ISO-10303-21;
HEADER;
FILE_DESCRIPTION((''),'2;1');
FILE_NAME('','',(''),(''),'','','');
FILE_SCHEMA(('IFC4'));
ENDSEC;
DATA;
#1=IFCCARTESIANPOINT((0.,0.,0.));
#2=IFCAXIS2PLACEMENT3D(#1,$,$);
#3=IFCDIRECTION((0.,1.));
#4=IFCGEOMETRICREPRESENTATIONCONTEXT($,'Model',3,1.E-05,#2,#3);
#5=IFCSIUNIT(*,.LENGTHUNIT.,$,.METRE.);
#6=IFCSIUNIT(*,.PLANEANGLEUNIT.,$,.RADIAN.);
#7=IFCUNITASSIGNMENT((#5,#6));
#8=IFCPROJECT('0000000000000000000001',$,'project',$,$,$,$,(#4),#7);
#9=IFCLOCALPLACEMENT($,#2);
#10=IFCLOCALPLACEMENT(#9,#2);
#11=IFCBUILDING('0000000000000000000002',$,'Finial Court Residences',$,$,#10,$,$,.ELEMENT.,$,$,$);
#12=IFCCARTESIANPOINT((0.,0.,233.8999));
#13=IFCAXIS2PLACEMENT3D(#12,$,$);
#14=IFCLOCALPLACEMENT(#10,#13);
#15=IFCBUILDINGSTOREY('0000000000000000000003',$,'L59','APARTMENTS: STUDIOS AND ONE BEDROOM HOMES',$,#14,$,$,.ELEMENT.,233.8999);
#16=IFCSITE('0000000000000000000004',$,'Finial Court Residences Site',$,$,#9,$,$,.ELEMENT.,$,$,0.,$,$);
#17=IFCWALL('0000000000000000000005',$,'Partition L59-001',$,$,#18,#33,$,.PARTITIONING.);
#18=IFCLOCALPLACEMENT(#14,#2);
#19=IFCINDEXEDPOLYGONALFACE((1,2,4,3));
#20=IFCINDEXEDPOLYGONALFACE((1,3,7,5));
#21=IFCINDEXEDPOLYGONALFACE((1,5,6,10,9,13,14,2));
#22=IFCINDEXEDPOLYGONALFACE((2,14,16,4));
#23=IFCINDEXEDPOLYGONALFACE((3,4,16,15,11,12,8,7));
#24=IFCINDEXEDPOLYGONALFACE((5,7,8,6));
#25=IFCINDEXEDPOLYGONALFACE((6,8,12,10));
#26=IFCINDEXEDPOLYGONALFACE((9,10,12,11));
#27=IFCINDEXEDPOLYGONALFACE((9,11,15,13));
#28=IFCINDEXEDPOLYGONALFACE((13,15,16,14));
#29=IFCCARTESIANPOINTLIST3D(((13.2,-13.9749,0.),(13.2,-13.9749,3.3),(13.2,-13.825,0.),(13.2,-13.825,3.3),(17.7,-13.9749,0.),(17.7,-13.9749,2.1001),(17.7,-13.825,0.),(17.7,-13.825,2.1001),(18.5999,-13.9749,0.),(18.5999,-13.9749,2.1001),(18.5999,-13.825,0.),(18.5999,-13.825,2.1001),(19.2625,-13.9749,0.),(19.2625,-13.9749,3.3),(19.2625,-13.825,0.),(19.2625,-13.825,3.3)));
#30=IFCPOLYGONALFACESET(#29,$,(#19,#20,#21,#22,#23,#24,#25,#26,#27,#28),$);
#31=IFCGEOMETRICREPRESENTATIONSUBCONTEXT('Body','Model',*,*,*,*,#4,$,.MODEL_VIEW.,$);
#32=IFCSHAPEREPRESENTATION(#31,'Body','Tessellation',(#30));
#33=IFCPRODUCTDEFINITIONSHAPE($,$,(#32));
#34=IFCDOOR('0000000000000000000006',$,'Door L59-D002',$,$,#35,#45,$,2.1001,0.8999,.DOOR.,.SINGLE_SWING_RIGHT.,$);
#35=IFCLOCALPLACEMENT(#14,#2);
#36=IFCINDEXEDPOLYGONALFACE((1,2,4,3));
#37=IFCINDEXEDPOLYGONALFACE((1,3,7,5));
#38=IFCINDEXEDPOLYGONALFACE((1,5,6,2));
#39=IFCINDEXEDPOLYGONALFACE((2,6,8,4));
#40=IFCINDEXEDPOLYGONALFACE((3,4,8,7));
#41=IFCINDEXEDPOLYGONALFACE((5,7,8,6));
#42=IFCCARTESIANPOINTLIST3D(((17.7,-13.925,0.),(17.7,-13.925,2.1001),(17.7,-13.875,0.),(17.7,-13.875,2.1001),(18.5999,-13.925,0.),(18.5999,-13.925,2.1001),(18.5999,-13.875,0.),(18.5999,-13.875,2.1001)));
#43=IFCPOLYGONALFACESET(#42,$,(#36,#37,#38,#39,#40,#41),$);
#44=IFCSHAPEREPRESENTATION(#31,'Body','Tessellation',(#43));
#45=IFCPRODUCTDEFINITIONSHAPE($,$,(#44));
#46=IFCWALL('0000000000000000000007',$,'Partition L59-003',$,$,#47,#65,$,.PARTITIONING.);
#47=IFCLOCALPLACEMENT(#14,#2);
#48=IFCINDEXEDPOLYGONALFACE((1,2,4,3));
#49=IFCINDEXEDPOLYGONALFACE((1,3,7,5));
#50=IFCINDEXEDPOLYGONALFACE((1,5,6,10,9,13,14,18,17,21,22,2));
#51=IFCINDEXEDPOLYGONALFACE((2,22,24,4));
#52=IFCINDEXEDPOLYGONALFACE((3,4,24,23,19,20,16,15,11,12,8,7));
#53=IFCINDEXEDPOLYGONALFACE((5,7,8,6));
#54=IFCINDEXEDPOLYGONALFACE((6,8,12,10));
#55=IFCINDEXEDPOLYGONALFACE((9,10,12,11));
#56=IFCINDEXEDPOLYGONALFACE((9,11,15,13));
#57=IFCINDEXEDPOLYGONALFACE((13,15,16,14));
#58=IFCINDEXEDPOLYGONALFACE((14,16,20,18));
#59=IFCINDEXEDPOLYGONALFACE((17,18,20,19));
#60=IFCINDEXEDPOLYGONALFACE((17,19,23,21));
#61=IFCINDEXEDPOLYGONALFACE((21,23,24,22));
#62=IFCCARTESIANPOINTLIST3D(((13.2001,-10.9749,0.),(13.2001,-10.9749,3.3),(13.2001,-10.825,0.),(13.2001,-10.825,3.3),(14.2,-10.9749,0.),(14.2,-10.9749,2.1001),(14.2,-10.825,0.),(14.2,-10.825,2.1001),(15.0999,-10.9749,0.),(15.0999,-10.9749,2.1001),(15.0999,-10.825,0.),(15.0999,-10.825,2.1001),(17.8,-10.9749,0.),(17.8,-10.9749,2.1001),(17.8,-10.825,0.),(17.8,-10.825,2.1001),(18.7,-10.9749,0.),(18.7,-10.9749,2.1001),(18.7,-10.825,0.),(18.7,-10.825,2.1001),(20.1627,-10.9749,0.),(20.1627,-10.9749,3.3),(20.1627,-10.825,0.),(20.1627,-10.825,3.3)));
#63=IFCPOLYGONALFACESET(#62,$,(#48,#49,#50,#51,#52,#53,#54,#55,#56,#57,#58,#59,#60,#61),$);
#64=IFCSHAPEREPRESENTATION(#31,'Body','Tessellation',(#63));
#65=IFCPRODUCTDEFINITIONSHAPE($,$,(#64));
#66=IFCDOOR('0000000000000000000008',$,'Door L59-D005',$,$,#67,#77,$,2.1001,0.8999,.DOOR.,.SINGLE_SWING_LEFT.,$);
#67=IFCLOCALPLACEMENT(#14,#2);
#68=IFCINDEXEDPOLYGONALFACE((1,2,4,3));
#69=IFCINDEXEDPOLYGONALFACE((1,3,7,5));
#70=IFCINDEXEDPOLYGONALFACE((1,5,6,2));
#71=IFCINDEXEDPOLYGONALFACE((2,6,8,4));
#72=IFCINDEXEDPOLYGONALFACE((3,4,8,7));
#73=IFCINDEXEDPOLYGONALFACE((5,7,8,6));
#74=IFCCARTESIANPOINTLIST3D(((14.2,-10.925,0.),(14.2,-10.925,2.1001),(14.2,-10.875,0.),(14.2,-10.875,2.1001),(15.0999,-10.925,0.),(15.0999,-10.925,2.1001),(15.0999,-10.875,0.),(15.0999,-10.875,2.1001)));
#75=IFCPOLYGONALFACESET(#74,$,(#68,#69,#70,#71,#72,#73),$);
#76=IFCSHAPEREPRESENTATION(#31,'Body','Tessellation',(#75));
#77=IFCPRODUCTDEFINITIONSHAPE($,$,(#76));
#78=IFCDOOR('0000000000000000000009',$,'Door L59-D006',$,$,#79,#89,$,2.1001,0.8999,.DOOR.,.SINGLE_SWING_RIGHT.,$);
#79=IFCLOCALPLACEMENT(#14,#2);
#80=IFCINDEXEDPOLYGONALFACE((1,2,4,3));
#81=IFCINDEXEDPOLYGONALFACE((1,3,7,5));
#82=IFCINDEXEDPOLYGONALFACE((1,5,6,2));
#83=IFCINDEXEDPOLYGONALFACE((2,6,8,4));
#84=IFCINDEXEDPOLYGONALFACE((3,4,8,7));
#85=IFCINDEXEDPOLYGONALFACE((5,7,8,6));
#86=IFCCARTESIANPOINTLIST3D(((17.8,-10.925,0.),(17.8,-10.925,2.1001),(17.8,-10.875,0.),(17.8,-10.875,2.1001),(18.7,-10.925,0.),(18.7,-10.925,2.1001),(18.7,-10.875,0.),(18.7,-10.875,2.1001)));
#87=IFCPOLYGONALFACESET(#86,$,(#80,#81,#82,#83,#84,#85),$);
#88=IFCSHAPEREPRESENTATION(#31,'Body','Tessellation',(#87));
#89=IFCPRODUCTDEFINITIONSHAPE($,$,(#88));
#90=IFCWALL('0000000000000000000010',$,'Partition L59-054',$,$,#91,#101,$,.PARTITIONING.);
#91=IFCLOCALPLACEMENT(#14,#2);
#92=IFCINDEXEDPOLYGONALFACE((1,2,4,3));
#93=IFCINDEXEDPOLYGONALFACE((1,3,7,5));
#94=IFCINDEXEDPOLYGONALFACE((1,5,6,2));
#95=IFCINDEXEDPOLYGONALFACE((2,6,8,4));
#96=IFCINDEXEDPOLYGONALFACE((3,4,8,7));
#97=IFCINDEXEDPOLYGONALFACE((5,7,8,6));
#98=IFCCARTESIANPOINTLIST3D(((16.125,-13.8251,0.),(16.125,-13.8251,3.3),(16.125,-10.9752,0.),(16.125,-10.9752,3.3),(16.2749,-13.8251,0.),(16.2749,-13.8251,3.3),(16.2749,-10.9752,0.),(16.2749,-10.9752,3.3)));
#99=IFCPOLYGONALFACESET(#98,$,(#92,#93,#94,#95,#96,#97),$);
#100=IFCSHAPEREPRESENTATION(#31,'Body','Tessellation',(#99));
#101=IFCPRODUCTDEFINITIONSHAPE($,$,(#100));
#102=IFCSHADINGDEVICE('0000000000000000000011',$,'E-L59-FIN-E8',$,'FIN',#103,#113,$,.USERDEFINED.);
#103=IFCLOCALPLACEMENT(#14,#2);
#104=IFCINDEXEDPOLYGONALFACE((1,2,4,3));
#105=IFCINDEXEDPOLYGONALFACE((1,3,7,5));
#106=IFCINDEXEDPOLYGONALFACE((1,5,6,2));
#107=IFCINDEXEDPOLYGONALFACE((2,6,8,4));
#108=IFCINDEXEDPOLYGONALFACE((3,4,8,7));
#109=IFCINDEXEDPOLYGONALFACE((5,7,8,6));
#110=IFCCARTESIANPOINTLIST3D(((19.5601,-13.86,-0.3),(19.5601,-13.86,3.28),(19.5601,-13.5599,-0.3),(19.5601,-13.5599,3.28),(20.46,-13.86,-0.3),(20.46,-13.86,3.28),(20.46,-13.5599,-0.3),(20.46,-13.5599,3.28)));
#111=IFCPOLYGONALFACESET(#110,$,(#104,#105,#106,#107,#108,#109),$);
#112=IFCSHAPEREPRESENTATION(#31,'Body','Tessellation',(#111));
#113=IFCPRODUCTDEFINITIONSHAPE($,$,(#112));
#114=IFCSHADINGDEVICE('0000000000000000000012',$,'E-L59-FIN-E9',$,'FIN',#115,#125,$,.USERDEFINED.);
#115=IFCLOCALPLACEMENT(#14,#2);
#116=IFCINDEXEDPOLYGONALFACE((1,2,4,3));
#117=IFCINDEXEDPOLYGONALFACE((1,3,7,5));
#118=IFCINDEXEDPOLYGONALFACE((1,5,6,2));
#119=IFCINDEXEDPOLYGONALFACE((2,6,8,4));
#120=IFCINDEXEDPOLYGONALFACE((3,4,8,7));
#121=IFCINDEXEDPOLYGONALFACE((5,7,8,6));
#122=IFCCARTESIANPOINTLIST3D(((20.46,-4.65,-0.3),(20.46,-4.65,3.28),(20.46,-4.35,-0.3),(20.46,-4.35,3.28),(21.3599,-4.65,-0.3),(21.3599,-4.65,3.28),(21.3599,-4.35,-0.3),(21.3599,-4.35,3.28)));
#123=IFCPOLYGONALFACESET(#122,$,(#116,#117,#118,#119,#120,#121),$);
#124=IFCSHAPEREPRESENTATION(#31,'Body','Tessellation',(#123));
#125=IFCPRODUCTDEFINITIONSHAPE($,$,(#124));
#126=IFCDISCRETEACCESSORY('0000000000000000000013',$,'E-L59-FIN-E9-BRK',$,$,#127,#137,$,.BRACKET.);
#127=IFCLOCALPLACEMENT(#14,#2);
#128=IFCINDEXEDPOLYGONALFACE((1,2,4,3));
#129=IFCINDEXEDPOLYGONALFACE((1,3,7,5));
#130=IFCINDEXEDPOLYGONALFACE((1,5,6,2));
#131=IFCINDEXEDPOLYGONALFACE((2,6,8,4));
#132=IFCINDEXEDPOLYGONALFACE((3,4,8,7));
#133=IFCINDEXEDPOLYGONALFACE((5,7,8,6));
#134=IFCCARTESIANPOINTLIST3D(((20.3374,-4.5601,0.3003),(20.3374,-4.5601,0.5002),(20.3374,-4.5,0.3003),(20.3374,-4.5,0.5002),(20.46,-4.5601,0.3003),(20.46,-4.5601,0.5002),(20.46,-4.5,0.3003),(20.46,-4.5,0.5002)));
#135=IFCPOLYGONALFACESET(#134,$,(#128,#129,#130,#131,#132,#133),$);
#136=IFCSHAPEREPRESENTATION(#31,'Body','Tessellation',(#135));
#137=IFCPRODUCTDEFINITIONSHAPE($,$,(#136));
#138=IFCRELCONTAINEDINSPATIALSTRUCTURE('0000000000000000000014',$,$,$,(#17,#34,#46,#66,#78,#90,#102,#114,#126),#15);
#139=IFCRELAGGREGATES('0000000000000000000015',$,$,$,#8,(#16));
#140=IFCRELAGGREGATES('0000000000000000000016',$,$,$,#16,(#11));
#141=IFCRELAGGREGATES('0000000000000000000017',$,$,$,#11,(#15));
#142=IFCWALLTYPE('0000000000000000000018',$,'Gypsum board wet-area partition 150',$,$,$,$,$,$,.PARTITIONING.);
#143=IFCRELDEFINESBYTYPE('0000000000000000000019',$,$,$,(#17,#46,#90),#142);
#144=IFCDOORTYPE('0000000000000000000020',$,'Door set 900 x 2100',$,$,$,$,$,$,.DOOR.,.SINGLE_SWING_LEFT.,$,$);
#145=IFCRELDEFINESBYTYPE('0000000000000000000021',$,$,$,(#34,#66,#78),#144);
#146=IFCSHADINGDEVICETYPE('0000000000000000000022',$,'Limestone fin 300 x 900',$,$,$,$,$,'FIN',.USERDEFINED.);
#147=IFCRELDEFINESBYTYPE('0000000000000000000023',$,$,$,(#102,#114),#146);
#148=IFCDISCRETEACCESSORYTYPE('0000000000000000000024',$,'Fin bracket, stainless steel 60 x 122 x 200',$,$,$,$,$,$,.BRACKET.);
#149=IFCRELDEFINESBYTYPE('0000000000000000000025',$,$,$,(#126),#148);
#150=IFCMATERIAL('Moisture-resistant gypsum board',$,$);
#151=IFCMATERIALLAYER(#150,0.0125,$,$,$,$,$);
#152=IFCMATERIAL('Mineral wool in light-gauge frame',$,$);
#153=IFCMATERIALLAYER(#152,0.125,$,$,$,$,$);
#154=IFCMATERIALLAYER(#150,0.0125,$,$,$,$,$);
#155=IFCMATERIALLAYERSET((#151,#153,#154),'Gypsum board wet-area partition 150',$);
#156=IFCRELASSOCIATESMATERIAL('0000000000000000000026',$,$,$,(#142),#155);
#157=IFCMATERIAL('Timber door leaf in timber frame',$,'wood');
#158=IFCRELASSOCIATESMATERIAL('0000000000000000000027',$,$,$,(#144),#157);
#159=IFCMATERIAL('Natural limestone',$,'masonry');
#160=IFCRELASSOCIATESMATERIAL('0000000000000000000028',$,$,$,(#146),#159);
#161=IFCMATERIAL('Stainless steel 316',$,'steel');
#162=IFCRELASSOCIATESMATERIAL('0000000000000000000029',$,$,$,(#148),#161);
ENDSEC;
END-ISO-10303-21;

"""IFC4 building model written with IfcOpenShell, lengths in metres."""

from ifc_helpers import new_model, si_unit, direction, frame, frame_2d, origin, origin_2d, place, context, subcontext, project, spatial, rectangle, extrude, material, layer, layer_set, type_object, element, fill, save


model = new_model("IFC4")

# Units and contexts
model_context = context("Model", 3, precision=1e-05, world=origin(), true_north=direction((0.0, 1.0)))
body_context = subcontext(model_context, "Body", "Model", "MODEL_VIEW")
ifc_project = project(units=[si_unit("LENGTHUNIT", "METRE"), si_unit("PLANEANGLEUNIT", "RADIAN")], contexts=[model_context])

# Site, building, storey
site_placement = place(None, origin())
site = spatial("IfcSite", under=ifc_project, at=site_placement, Name="Finial Court Residences Site", CompositionType="ELEMENT", RefElevation=0.0)
building_placement = place(site_placement, origin())
building = spatial("IfcBuilding", under=site, at=building_placement, Name="Finial Court Residences", CompositionType="ELEMENT")
storey_placement = place(building_placement, frame((0.0, 0.0, 233.8999)))
storey = spatial("IfcBuildingStorey", under=building, at=storey_placement, Name="L59", Description="APARTMENTS: STUDIOS AND ONE BEDROOM HOMES", CompositionType="ELEMENT", Elevation=233.8999)

# Wall, opening, door
ifc_material_1 = material(Name="Moisture-resistant gypsum board")
ifc_layer_1 = layer(ifc_material_1, 0.0125)
ifc_material_2 = material(Name="Mineral wool in light-gauge frame")
ifc_layer_2 = layer(ifc_material_2, 0.125)
ifc_layer_3 = layer(ifc_material_1, 0.0125)
ifc_layer_set_1 = layer_set([ifc_layer_1, ifc_layer_2, ifc_layer_3], Name="Gypsum board wet-area partition 150")
wall_type_1 = type_object("IfcWallType", Name="Gypsum board wet-area partition 150", PredefinedType="PARTITIONING", material=ifc_layer_set_1)
wall_1_placement = place(storey_placement, frame((13.2, -13.8999, 0.0), z_axis=(0.0, 0.0, 1.0), x_axis=(1.0, 0.0, 0.0)))
wall_1 = element("IfcWall", 1, at=wall_1_placement, inside=storey, type_object=wall_type_1, Name="Partition L59-001", PredefinedType="PARTITIONING", context=body_context, shape_type="SweptSolid", body=[
    extrude(rectangle(XDim=6.0625, YDim=0.1499, at=frame_2d((3.0312, 0.0))), origin(), (0.0, 0.0, 1.0), 3.3),
])
opening_1_placement = place(wall_1_placement, frame((4.5, 0.0, 0.0)))
opening_1 = element("IfcOpeningElement", 2, at=opening_1_placement, cuts=wall_1, PredefinedType="OPENING", context=body_context, shape_type="SweptSolid", body=[
    extrude(rectangle(XDim=0.8999, YDim=2.1001, at=frame_2d((0.45, 1.05))), frame((0.0, 0.085, 0.0), z_axis=(0.0, -1.0, 0.0), x_axis=(1.0, 0.0, 0.0)), (0.0, 0.0, 1.0), 0.1699),
])
ifc_material_3 = material(Name="Timber door leaf in timber frame", Category="wood")
door_type_1 = type_object("IfcDoorType", Name="Door set 900 x 2100", OperationType="SINGLE_SWING_LEFT", PredefinedType="DOOR", material=ifc_material_3)
door_1_placement = place(opening_1_placement, origin())
door_1 = element("IfcDoor", 3, at=door_1_placement, inside=storey, type_object=door_type_1, Name="Door L59-D002", OperationType="SINGLE_SWING_RIGHT", OverallHeight=2.1001, OverallWidth=0.8999, PredefinedType="DOOR", context=body_context, shape_type="SweptSolid", body=[
    extrude(rectangle(XDim=0.8999, YDim=2.1001, at=frame_2d((0.45, 1.05))), frame((0.0, 0.0249, 0.0), z_axis=(0.0, -1.0, 0.0), x_axis=(1.0, 0.0, 0.0)), (0.0, 0.0, 1.0), 0.05),
])
fill(opening_1, door_1)

# Wall, openings, doors
wall_2_placement = place(storey_placement, frame((13.2, -10.8999, 0.0), z_axis=(0.0, 0.0, 1.0), x_axis=(1.0, 0.0, 0.0)))
wall_2 = element("IfcWall", 4, at=wall_2_placement, inside=storey, type_object=wall_type_1, Name="Partition L59-003", PredefinedType="PARTITIONING", context=body_context, shape_type="SweptSolid", body=[
    extrude(rectangle(XDim=6.9626, YDim=0.1499, at=frame_2d((3.4814, 0.0))), origin(), (0.0, 0.0, 1.0), 3.3),
])
opening_2_placement = place(wall_2_placement, frame((1.0, 0.0, 0.0)))
opening_2 = element("IfcOpeningElement", 5, at=opening_2_placement, cuts=wall_2, PredefinedType="OPENING", context=body_context, shape_type="SweptSolid", body=[
    extrude(rectangle(XDim=0.8999, YDim=2.1001, at=frame_2d((0.45, 1.05))), frame((0.0, 0.085, 0.0), z_axis=(0.0, -1.0, 0.0), x_axis=(1.0, 0.0, 0.0)), (0.0, 0.0, 1.0), 0.1699),
])
opening_3_placement = place(wall_2_placement, frame((4.6001, 0.0, 0.0)))
opening_3 = element("IfcOpeningElement", 6, at=opening_3_placement, cuts=wall_2, PredefinedType="OPENING", context=body_context, shape_type="SweptSolid", body=[
    extrude(rectangle(XDim=0.8999, YDim=2.1001, at=frame_2d((0.45, 1.05))), frame((0.0, 0.085, 0.0), z_axis=(0.0, -1.0, 0.0), x_axis=(1.0, 0.0, 0.0)), (0.0, 0.0, 1.0), 0.1699),
])
door_2_placement = place(opening_2_placement, origin())
door_2 = element("IfcDoor", 7, at=door_2_placement, inside=storey, type_object=door_type_1, Name="Door L59-D005", OperationType="SINGLE_SWING_LEFT", OverallHeight=2.1001, OverallWidth=0.8999, PredefinedType="DOOR", context=body_context, shape_type="SweptSolid", body=[
    extrude(rectangle(XDim=0.8999, YDim=2.1001, at=frame_2d((0.45, 1.05))), frame((0.0, 0.0249, 0.0), z_axis=(0.0, -1.0, 0.0), x_axis=(1.0, 0.0, 0.0)), (0.0, 0.0, 1.0), 0.05),
])
fill(opening_2, door_2)
door_3_placement = place(opening_3_placement, origin())
door_3 = element("IfcDoor", 8, at=door_3_placement, inside=storey, type_object=door_type_1, Name="Door L59-D006", OperationType="SINGLE_SWING_RIGHT", OverallHeight=2.1001, OverallWidth=0.8999, PredefinedType="DOOR", context=body_context, shape_type="SweptSolid", body=[
    extrude(rectangle(XDim=0.8999, YDim=2.1001, at=frame_2d((0.45, 1.05))), frame((0.0, 0.0249, 0.0), z_axis=(0.0, -1.0, 0.0), x_axis=(1.0, 0.0, 0.0)), (0.0, 0.0, 1.0), 0.05),
])
fill(opening_3, door_3)

# Wall
wall_3_placement = place(storey_placement, frame((16.2, -13.825, 0.0), z_axis=(0.0, 0.0, 1.0), x_axis=(0.0, 1.0, 0.0)))
element("IfcWall", 9, at=wall_3_placement, inside=storey, type_object=wall_type_1, Name="Partition L59-054", PredefinedType="PARTITIONING", context=body_context, shape_type="SweptSolid", body=[
    extrude(rectangle(XDim=2.8499, YDim=0.1499, at=frame_2d((1.4248, 0.0))), origin(), (0.0, 0.0, 1.0), 3.3),
])

# Shading devices
ifc_material_4 = material(Name="Natural limestone", Category="masonry")
shading_device_type = type_object("IfcShadingDeviceType", Name="Limestone fin 300 x 900", ElementType="FIN", PredefinedType="USERDEFINED", material=ifc_material_4)
for number, where, z_axis, x_axis, name in (
    (10, (20.01, -13.71, -0.3), (0.0, 0.0, 1.0), (1.0, 0.0, 0.0), "E-L59-FIN-E8"),
    (11, (20.9099, -4.5, -0.3), (0.0, 0.0, 1.0), (1.0, 0.0, 0.0), "E-L59-FIN-E9"),
):
    element("IfcShadingDevice", number, at=place(storey_placement, frame(where, z_axis=z_axis, x_axis=x_axis)), inside=storey, type_object=shading_device_type, Name=name, ObjectType="FIN", PredefinedType="USERDEFINED", context=body_context, shape_type="SweptSolid", body=[
        extrude(rectangle(XDim=0.8999, YDim=0.3, at=origin_2d()), origin(), (0.0, 0.0, 1.0), 3.5801),
    ])

# Discrete accessory
ifc_material_5 = material(Name="Stainless steel 316", Category="steel")
discrete_accessory_type = type_object("IfcDiscreteAccessoryType", Name="Fin bracket, stainless steel 60 x 122 x 200", PredefinedType="BRACKET", material=ifc_material_5)
discrete_accessory_placement = place(storey_placement, frame((20.3987, -4.53, 0.3003), z_axis=(0.0, 0.0, 1.0), x_axis=(1.0, 0.0, 0.0)))
element("IfcDiscreteAccessory", 12, at=discrete_accessory_placement, inside=storey, type_object=discrete_accessory_type, Name="E-L59-FIN-E9-BRK", PredefinedType="BRACKET", context=body_context, shape_type="SweptSolid", body=[
    extrude(rectangle(XDim=0.1226, YDim=0.0601, at=origin_2d()), origin(), (0.0, 0.0, 1.0), 0.2),
])

save(model, "model.ifc")
